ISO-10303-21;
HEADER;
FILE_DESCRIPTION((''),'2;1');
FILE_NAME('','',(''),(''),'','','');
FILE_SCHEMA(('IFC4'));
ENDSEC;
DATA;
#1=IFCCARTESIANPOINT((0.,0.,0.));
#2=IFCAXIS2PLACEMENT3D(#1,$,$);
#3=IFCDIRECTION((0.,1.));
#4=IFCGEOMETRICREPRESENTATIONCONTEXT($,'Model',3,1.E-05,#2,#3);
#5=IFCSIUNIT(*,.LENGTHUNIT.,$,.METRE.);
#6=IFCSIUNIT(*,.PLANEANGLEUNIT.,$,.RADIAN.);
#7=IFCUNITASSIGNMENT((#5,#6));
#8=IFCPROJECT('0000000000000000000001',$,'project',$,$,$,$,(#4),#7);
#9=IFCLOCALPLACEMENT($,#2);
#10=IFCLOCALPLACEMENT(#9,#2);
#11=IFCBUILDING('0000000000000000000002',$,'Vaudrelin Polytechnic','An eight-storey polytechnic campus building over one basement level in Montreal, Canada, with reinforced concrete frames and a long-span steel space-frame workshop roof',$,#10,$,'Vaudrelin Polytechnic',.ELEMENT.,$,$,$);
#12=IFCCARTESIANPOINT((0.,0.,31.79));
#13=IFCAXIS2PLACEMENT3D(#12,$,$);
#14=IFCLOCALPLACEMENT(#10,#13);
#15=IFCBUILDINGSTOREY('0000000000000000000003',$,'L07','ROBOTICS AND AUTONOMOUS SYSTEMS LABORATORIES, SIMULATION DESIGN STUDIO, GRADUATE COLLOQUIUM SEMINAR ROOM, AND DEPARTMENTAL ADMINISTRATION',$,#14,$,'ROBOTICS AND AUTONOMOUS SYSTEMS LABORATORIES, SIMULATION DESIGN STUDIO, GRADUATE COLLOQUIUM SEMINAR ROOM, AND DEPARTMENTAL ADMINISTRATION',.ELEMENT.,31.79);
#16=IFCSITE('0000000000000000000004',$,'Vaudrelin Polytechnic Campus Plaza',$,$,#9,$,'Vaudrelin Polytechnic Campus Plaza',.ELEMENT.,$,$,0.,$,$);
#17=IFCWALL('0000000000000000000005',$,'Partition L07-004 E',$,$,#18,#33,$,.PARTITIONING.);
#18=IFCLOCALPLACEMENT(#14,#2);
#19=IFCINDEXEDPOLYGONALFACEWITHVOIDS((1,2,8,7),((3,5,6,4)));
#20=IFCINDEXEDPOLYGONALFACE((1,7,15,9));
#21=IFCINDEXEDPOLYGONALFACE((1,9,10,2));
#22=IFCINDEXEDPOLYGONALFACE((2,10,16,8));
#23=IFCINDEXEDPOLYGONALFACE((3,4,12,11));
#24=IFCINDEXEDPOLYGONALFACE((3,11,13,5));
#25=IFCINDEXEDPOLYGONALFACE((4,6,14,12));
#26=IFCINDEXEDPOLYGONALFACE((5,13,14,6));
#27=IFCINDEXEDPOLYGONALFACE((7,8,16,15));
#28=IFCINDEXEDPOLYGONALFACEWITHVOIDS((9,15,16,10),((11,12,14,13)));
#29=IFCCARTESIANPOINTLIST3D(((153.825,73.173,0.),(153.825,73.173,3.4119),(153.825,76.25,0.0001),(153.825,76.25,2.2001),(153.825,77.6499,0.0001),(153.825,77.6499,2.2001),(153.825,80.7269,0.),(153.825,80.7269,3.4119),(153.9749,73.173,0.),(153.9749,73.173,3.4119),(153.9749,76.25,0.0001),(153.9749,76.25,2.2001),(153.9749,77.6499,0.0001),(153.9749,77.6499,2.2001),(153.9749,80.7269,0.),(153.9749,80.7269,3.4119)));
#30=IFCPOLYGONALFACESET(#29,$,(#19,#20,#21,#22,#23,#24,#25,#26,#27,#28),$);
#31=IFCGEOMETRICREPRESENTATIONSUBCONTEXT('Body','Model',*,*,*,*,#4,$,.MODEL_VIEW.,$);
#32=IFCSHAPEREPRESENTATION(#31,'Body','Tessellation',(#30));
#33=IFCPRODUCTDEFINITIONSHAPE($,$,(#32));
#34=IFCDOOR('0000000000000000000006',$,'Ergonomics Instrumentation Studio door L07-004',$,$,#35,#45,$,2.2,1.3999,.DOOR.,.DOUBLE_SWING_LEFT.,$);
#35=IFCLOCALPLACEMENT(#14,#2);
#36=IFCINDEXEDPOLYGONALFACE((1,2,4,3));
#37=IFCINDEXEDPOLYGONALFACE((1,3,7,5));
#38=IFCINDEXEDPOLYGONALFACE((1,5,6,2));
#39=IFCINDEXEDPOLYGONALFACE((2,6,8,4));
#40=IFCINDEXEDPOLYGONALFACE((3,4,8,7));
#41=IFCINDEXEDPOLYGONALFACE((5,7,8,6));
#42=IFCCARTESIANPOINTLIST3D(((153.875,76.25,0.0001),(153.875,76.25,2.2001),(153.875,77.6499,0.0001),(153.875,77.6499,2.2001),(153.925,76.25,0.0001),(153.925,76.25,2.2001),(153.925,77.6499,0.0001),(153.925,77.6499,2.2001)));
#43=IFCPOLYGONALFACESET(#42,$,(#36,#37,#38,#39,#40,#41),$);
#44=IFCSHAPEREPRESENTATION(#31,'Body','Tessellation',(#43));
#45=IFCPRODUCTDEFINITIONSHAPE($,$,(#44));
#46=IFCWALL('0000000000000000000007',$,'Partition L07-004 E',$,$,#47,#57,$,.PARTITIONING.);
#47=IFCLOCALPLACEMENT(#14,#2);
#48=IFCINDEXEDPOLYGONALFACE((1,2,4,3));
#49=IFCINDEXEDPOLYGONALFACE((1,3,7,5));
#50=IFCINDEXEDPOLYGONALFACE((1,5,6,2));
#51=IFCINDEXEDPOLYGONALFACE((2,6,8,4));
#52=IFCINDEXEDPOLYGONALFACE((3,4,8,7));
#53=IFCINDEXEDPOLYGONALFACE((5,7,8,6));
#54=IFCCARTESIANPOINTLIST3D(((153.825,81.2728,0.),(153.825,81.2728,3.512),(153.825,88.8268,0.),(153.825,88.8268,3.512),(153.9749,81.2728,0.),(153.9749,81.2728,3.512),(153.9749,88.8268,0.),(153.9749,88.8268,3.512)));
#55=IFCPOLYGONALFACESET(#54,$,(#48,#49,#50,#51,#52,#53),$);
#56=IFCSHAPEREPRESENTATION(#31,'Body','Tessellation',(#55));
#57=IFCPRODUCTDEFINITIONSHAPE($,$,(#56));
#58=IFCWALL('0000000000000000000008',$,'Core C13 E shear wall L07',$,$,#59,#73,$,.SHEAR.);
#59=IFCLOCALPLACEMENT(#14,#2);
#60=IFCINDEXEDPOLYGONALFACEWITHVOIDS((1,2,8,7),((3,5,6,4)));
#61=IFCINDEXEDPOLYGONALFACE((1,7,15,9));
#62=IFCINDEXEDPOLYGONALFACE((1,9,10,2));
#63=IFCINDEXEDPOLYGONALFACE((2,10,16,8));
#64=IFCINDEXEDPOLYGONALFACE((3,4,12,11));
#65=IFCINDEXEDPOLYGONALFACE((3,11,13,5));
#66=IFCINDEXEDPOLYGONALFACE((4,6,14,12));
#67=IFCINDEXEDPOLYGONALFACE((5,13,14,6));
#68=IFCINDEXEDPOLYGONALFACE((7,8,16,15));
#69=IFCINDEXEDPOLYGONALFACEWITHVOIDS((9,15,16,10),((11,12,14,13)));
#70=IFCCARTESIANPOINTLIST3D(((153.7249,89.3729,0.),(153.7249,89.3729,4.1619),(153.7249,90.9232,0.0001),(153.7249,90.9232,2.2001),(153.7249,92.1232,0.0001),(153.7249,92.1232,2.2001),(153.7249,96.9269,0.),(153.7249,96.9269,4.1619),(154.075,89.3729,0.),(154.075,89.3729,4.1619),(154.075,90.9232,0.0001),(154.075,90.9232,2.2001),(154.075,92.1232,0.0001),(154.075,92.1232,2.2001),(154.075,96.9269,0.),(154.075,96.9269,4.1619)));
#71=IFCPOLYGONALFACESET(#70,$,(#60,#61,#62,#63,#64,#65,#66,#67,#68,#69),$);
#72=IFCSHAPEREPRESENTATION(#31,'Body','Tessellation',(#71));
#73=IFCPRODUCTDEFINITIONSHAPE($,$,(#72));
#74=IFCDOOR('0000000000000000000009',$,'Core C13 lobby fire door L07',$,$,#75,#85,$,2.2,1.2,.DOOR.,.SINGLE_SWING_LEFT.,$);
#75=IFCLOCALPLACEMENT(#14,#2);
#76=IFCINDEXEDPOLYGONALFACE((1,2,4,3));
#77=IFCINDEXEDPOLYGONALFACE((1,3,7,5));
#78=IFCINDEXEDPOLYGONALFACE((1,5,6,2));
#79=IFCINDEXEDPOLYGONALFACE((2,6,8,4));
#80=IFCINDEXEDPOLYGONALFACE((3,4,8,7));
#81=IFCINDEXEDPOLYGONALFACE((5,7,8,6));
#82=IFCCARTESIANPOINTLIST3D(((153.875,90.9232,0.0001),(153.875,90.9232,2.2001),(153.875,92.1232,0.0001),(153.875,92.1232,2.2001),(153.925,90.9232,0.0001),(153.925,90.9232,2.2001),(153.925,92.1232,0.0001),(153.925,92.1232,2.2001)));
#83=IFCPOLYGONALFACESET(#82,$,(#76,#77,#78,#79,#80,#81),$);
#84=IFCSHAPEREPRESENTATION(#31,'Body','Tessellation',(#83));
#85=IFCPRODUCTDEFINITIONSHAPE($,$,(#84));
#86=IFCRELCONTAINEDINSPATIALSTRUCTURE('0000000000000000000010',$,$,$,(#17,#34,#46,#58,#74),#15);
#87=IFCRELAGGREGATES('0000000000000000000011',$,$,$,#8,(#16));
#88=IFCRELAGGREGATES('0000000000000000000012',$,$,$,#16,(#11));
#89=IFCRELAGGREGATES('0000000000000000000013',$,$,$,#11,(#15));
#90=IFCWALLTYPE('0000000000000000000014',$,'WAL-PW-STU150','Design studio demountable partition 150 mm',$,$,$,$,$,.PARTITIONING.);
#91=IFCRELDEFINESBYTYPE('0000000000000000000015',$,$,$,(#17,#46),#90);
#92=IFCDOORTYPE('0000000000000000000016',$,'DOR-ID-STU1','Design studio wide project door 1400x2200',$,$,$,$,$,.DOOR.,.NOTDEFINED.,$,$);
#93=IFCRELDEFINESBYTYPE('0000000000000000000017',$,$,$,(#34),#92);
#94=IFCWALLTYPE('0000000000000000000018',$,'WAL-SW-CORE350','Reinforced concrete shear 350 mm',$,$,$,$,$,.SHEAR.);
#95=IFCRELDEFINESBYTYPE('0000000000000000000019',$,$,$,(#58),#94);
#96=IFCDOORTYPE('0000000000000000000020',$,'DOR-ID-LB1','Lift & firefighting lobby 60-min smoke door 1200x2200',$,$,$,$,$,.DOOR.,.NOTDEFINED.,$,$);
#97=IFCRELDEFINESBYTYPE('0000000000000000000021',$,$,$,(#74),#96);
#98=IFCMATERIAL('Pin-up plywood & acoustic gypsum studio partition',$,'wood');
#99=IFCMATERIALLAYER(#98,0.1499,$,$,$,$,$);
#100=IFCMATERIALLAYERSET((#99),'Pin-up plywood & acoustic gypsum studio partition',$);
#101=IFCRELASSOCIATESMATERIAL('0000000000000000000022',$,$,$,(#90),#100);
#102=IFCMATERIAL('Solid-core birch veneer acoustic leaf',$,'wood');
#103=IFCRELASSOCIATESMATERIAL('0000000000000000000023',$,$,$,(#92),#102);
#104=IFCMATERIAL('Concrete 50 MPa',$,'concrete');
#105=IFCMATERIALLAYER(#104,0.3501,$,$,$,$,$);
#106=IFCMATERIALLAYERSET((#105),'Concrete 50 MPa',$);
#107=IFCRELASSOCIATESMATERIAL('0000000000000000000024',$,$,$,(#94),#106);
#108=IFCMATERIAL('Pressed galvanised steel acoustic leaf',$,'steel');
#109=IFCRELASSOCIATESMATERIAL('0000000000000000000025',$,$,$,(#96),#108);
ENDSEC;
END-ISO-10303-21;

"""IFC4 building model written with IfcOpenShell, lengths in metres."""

from ifc_helpers import new_model, si_unit, direction, frame, frame_2d, origin, place, context, subcontext, project, spatial, rectangle, extrude, material, layer, layer_set, type_object, element, fill, save


model = new_model("IFC4")

# Units and contexts
model_context = context("Model", 3, precision=1e-05, world=origin(), true_north=direction((0.0, 1.0)))
body_context = subcontext(model_context, "Body", "Model", "MODEL_VIEW")
ifc_project = project(units=[si_unit("LENGTHUNIT", "METRE"), si_unit("PLANEANGLEUNIT", "RADIAN")], contexts=[model_context])

# Site, building, storey
site_placement = place(None, origin())
site = spatial("IfcSite", under=ifc_project, at=site_placement, Name="Vaudrelin Polytechnic Campus Plaza", LongName="Vaudrelin Polytechnic Campus Plaza", CompositionType="ELEMENT", RefElevation=0.0)
building_placement = place(site_placement, origin())
building = spatial("IfcBuilding", under=site, at=building_placement, Name="Vaudrelin Polytechnic", Description="An eight-storey polytechnic campus building over one basement level in Montreal, Canada, with reinforced concrete frames and a long-span steel space-frame workshop roof", LongName="Vaudrelin Polytechnic", CompositionType="ELEMENT")
storey_placement = place(building_placement, frame((0.0, 0.0, 31.79)))
storey = spatial("IfcBuildingStorey", under=building, at=storey_placement, Name="L07", Description="ROBOTICS AND AUTONOMOUS SYSTEMS LABORATORIES, SIMULATION DESIGN STUDIO, GRADUATE COLLOQUIUM SEMINAR ROOM, AND DEPARTMENTAL ADMINISTRATION", LongName="ROBOTICS AND AUTONOMOUS SYSTEMS LABORATORIES, SIMULATION DESIGN STUDIO, GRADUATE COLLOQUIUM SEMINAR ROOM, AND DEPARTMENTAL ADMINISTRATION", CompositionType="ELEMENT", Elevation=31.79)

# Wall, opening, door
ifc_material_1 = material(Name="Pin-up plywood & acoustic gypsum studio partition", Category="wood")
ifc_layer_1 = layer(ifc_material_1, 0.1499)
ifc_layer_set_1 = layer_set([ifc_layer_1], Name="Pin-up plywood & acoustic gypsum studio partition")
wall_type_1 = type_object("IfcWallType", Name="WAL-PW-STU150", Description="Design studio demountable partition 150 mm", PredefinedType="PARTITIONING", material=ifc_layer_set_1)
wall_1_placement = place(storey_placement, frame((153.8999, 73.1731, 0.0), z_axis=(0.0, 0.0, 1.0), x_axis=(0.0, 1.0, 0.0)))
wall_1 = element("IfcWall", 1, at=wall_1_placement, inside=storey, type_object=wall_type_1, Name="Partition L07-004 E", PredefinedType="PARTITIONING", context=body_context, shape_type="SweptSolid", body=[
    extrude(rectangle(XDim=7.554, YDim=0.1499, at=frame_2d((3.7769, 0.0))), origin(), (0.0, 0.0, 1.0), 3.4119),
])
opening_1_placement = place(wall_1_placement, frame((3.0769, 0.0, 0.0)))
opening_1 = element("IfcOpeningElement", 2, at=opening_1_placement, cuts=wall_1, PredefinedType="OPENING", context=body_context, shape_type="SweptSolid", body=[
    extrude(rectangle(XDim=1.3999, YDim=2.2, at=frame_2d((0.7, 1.1001))), frame((0.0, 0.085, 0.0), z_axis=(0.0, -1.0, 0.0), x_axis=(1.0, 0.0, 0.0)), (0.0, 0.0, 1.0), 0.1699),
])
ifc_material_2 = material(Name="Solid-core birch veneer acoustic leaf", Category="wood")
door_type_1 = type_object("IfcDoorType", Name="DOR-ID-STU1", Description="Design studio wide project door 1400x2200", OperationType="NOTDEFINED", PredefinedType="DOOR", material=ifc_material_2)
door_1_placement = place(opening_1_placement, origin())
door_1 = element("IfcDoor", 3, at=door_1_placement, inside=storey, type_object=door_type_1, Name="Ergonomics Instrumentation Studio door L07-004", OperationType="DOUBLE_SWING_LEFT", OverallHeight=2.2, OverallWidth=1.3999, PredefinedType="DOOR", context=body_context, shape_type="SweptSolid", body=[
    extrude(rectangle(XDim=1.3999, YDim=2.2, at=frame_2d((0.7, 1.1001))), frame((0.0, 0.0249, 0.0), z_axis=(0.0, -1.0, 0.0), x_axis=(1.0, 0.0, 0.0)), (0.0, 0.0, 1.0), 0.05),
])
fill(opening_1, door_1)

# Wall
wall_2_placement = place(storey_placement, frame((153.8999, 81.2729, 0.0), z_axis=(0.0, 0.0, 1.0), x_axis=(0.0, 1.0, 0.0)))
element("IfcWall", 4, at=wall_2_placement, inside=storey, type_object=wall_type_1, Name="Partition L07-004 E", PredefinedType="PARTITIONING", context=body_context, shape_type="SweptSolid", body=[
    extrude(rectangle(XDim=7.554, YDim=0.1499, at=frame_2d((3.7769, 0.0))), origin(), (0.0, 0.0, 1.0), 3.512),
])

# Wall, opening, door
ifc_material_3 = material(Name="Concrete 50 MPa", Category="concrete")
ifc_layer_2 = layer(ifc_material_3, 0.3501)
ifc_layer_set_2 = layer_set([ifc_layer_2], Name="Concrete 50 MPa")
wall_type_2 = type_object("IfcWallType", Name="WAL-SW-CORE350", Description="Reinforced concrete shear 350 mm", PredefinedType="SHEAR", material=ifc_layer_set_2)
wall_3_placement = place(storey_placement, frame((153.8999, 89.373, 0.0), z_axis=(0.0, 0.0, 1.0), x_axis=(0.0, 1.0, 0.0)))
wall_3 = element("IfcWall", 5, at=wall_3_placement, inside=storey, type_object=wall_type_2, Name="Core C13 E shear wall L07", PredefinedType="SHEAR", context=body_context, shape_type="SweptSolid", body=[
    extrude(rectangle(XDim=7.554, YDim=0.3501, at=frame_2d((3.7769, 0.0))), origin(), (0.0, 0.0, 1.0), 4.1619),
])
opening_2_placement = place(wall_3_placement, frame((1.55, 0.0, 0.0)))
opening_2 = element("IfcOpeningElement", 6, at=opening_2_placement, cuts=wall_3, PredefinedType="OPENING", context=body_context, shape_type="SweptSolid", body=[
    extrude(rectangle(XDim=1.2, YDim=2.2, at=frame_2d((0.6001, 1.1001))), frame((0.0, 0.1851, 0.0), z_axis=(0.0, -1.0, 0.0), x_axis=(1.0, 0.0, 0.0)), (0.0, 0.0, 1.0), 0.3701),
])
ifc_material_4 = material(Name="Pressed galvanised steel acoustic leaf", Category="steel")
door_type_2 = type_object("IfcDoorType", Name="DOR-ID-LB1", Description="Lift & firefighting lobby 60-min smoke door 1200x2200", OperationType="NOTDEFINED", PredefinedType="DOOR", material=ifc_material_4)
door_2_placement = place(opening_2_placement, origin())
door_2 = element("IfcDoor", 7, at=door_2_placement, inside=storey, type_object=door_type_2, Name="Core C13 lobby fire door L07", OperationType="SINGLE_SWING_LEFT", OverallHeight=2.2, OverallWidth=1.2, PredefinedType="DOOR", context=body_context, shape_type="SweptSolid", body=[
    extrude(rectangle(XDim=1.2, YDim=2.2, at=frame_2d((0.6001, 1.1001))), frame((0.0, 0.0249, 0.0), z_axis=(0.0, -1.0, 0.0), x_axis=(1.0, 0.0, 0.0)), (0.0, 0.0, 1.0), 0.05),
])
fill(opening_2, door_2)

save(model, "model.ifc")
